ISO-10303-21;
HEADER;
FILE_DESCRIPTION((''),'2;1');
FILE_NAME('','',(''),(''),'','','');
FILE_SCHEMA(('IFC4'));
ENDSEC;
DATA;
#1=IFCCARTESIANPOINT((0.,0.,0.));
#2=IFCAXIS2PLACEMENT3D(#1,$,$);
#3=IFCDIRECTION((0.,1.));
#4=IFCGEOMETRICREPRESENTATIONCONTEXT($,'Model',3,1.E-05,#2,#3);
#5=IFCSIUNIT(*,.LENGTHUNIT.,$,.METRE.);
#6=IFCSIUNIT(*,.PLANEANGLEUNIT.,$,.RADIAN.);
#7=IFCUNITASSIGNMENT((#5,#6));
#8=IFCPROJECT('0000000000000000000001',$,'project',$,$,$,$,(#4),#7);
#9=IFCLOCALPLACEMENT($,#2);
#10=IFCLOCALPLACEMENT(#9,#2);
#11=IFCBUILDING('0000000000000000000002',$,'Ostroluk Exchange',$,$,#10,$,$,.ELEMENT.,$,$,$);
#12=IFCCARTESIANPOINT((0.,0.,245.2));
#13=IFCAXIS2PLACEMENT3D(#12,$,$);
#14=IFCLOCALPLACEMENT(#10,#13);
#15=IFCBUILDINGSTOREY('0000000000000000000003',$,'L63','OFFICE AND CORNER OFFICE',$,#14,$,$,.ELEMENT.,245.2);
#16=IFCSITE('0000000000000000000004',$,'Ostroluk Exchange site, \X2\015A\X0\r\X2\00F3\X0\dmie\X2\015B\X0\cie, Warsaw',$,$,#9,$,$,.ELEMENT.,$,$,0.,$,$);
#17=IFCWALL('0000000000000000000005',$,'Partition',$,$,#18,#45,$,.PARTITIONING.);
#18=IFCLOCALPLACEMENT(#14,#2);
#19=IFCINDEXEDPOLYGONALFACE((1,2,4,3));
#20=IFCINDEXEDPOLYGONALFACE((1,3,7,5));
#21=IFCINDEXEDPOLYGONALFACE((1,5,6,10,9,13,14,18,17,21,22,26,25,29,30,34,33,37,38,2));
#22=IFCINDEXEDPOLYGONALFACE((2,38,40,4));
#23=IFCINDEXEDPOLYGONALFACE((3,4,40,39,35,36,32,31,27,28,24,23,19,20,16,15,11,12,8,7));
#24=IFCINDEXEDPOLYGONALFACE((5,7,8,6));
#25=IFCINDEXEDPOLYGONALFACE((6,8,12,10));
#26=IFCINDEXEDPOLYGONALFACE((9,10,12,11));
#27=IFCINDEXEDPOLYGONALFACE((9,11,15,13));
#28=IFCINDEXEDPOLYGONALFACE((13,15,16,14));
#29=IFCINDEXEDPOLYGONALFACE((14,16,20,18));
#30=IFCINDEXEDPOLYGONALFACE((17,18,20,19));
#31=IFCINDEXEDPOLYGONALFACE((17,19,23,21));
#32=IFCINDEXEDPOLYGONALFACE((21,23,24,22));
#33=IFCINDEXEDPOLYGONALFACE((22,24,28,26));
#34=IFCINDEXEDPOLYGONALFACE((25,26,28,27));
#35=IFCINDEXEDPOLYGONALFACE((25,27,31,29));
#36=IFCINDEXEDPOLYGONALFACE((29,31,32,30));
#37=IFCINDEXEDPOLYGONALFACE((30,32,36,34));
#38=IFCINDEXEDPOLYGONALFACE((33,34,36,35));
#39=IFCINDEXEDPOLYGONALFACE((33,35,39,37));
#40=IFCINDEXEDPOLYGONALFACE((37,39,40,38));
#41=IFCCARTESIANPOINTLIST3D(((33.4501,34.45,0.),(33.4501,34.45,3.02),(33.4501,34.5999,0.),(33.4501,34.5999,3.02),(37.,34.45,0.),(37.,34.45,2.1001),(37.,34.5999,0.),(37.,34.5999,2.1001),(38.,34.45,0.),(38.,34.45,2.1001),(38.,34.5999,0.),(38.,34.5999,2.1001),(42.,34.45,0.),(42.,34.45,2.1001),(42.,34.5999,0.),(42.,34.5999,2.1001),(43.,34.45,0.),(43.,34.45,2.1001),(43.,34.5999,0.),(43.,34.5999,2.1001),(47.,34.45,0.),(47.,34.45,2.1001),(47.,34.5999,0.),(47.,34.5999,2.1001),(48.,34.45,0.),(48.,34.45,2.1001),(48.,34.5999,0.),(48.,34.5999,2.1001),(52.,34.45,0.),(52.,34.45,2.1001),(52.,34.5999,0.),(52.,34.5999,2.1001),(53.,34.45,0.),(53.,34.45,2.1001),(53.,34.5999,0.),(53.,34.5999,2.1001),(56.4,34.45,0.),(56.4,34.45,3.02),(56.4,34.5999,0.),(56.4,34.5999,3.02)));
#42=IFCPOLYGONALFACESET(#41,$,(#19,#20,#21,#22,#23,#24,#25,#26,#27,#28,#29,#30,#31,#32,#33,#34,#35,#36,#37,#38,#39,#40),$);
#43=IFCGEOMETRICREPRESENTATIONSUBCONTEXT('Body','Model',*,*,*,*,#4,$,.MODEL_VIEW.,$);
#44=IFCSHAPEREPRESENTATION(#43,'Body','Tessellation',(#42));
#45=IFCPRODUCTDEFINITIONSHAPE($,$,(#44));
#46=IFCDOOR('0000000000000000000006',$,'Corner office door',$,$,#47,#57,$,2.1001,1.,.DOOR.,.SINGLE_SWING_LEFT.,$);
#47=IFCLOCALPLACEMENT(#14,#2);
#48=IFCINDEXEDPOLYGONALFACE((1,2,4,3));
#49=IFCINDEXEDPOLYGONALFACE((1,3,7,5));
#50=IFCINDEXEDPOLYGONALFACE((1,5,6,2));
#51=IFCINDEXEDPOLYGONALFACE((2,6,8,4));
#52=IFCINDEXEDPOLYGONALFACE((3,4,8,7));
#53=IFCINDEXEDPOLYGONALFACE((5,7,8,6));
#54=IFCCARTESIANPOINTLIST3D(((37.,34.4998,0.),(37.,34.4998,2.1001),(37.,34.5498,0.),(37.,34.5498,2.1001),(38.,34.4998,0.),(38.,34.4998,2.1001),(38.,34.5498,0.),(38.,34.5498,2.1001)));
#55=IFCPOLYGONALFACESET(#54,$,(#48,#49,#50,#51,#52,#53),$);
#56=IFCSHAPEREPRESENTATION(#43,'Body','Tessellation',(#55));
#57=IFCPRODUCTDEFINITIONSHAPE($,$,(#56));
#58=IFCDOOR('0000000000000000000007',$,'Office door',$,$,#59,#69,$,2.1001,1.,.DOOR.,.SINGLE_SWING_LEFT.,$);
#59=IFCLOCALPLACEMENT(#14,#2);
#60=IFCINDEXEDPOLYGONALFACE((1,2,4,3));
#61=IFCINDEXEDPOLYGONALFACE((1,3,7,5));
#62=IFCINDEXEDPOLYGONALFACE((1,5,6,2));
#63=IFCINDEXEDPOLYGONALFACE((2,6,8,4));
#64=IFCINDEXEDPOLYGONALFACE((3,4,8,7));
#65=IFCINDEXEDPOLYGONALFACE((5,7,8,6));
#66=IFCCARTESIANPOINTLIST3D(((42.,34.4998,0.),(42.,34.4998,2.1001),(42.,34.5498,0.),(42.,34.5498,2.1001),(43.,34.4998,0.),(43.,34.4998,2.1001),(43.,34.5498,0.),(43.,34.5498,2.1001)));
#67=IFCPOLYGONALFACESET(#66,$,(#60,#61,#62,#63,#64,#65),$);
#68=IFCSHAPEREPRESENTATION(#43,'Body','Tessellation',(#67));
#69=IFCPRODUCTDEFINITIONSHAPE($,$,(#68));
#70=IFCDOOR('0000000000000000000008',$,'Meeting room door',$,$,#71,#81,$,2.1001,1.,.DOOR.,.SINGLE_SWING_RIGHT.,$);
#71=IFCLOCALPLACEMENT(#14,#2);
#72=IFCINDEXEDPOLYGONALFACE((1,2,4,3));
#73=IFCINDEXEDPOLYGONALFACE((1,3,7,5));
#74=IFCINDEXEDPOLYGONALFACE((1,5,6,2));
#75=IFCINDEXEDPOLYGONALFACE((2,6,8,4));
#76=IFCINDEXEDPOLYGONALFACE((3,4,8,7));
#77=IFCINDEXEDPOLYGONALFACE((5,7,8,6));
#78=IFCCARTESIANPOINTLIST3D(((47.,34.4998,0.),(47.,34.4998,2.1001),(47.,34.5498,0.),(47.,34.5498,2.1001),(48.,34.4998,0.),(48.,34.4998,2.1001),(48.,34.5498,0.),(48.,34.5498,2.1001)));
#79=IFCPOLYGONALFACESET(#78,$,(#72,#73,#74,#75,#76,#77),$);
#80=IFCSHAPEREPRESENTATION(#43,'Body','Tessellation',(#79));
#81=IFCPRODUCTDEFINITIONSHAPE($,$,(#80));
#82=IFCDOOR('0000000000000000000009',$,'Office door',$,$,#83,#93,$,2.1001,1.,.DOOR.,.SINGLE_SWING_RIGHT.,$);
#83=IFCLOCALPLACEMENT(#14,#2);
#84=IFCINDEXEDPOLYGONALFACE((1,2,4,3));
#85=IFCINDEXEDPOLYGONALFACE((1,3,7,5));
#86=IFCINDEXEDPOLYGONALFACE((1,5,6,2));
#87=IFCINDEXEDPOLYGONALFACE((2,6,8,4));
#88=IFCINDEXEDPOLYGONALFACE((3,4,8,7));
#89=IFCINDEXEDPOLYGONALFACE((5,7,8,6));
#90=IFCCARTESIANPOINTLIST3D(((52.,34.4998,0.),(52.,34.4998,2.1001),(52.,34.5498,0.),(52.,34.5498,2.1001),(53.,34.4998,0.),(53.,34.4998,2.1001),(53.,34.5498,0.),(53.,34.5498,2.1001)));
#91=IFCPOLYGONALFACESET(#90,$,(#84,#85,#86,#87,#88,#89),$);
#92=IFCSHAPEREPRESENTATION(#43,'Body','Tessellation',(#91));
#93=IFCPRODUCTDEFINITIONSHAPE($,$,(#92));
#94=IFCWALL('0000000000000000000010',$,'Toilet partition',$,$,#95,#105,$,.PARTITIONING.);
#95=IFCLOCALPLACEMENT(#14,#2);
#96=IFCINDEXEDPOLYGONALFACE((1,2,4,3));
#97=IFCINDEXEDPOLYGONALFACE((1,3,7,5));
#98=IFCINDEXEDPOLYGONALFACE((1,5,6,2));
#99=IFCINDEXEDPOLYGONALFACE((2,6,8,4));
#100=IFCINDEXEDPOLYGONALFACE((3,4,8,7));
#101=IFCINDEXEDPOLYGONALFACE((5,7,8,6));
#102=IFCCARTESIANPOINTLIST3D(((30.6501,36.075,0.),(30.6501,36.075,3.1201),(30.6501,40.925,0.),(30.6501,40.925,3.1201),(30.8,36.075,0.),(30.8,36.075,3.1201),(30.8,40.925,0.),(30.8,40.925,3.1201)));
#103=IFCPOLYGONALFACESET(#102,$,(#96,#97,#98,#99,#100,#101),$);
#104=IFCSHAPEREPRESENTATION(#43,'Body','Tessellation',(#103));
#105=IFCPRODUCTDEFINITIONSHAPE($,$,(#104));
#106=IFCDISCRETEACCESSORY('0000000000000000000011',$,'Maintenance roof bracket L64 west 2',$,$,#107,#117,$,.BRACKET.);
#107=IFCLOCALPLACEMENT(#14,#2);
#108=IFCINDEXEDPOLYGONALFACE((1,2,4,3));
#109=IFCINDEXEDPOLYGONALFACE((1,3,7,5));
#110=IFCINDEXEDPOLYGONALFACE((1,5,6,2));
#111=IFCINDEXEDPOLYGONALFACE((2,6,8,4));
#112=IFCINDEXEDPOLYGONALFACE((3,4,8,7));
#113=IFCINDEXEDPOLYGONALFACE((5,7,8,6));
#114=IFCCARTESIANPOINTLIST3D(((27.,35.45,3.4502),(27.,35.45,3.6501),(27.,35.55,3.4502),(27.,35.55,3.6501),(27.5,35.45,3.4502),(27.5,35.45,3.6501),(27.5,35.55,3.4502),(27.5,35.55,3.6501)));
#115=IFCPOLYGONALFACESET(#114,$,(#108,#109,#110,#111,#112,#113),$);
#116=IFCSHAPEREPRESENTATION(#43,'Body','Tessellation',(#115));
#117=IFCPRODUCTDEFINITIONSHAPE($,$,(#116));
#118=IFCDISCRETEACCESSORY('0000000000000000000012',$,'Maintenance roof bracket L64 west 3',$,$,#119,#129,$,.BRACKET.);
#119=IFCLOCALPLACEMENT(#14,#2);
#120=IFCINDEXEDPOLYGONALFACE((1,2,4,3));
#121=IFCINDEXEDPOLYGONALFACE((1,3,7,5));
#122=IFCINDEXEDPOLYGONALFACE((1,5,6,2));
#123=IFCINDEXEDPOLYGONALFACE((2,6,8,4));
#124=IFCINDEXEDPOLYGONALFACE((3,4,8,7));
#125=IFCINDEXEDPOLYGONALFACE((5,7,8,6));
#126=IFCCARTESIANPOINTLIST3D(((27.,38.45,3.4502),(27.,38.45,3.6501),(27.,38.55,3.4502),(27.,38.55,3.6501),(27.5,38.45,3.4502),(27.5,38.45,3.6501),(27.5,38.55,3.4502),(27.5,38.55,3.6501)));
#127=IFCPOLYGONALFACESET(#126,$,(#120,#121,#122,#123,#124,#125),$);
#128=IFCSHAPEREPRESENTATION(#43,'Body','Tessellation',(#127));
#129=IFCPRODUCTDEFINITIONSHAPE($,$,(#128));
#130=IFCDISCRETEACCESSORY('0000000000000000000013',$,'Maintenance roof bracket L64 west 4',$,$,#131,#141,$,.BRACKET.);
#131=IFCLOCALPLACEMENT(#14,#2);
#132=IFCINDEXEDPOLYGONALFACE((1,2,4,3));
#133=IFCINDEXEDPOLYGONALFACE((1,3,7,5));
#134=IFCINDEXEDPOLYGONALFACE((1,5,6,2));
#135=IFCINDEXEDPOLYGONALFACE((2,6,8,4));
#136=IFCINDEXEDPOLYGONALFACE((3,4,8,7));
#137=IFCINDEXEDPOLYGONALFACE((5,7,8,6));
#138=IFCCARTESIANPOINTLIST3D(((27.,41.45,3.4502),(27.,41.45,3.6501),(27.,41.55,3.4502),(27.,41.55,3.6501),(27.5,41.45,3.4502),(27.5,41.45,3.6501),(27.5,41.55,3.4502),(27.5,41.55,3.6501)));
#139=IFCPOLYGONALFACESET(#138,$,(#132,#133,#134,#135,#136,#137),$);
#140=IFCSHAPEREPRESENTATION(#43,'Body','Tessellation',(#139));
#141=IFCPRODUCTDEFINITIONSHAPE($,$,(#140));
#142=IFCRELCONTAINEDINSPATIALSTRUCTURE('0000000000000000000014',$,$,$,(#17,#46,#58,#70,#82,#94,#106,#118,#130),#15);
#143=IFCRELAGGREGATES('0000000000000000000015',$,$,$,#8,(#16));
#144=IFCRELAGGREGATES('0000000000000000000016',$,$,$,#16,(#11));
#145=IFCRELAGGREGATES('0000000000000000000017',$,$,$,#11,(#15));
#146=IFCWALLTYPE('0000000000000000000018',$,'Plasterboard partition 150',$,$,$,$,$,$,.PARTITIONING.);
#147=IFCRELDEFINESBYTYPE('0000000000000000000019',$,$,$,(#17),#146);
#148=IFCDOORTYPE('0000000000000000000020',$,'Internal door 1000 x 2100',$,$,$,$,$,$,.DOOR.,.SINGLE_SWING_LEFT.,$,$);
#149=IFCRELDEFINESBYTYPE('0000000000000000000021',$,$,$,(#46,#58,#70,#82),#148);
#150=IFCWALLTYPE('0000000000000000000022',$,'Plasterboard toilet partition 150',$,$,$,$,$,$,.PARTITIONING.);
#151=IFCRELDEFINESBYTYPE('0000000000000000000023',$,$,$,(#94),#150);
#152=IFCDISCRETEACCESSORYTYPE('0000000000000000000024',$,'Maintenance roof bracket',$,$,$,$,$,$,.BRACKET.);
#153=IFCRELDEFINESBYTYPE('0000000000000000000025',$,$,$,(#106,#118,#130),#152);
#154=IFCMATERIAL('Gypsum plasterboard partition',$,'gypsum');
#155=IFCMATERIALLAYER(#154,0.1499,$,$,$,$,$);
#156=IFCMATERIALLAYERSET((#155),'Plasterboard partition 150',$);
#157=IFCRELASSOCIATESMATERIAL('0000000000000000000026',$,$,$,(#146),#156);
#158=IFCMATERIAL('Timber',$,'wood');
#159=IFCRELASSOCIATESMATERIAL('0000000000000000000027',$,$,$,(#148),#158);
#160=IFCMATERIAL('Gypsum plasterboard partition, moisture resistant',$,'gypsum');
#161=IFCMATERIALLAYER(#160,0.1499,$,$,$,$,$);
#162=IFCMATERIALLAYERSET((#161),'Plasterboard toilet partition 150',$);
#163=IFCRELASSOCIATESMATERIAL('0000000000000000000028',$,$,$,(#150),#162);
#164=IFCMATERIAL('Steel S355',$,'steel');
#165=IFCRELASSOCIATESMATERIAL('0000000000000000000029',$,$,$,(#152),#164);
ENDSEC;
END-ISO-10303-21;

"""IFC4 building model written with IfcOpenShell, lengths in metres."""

from ifc_helpers import new_model, si_unit, direction, frame, frame_2d, origin, origin_2d, place, context, subcontext, project, spatial, rectangle, extrude, material, layer, layer_set, type_object, element, fill, save


model = new_model("IFC4")

# Units and contexts
model_context = context("Model", 3, precision=1e-05, world=origin(), true_north=direction((0.0, 1.0)))
body_context = subcontext(model_context, "Body", "Model", "MODEL_VIEW")
ifc_project = project(units=[si_unit("LENGTHUNIT", "METRE"), si_unit("PLANEANGLEUNIT", "RADIAN")], contexts=[model_context])

# Site, building, storey
site_placement = place(None, origin())
site = spatial("IfcSite", under=ifc_project, at=site_placement, Name="Ostroluk Exchange site, Śródmieście, Warsaw", CompositionType="ELEMENT", RefElevation=0.0)
building_placement = place(site_placement, origin())
building = spatial("IfcBuilding", under=site, at=building_placement, Name="Ostroluk Exchange", CompositionType="ELEMENT")
storey_placement = place(building_placement, frame((0.0, 0.0, 245.2)))
storey = spatial("IfcBuildingStorey", under=building, at=storey_placement, Name="L63", Description="OFFICE AND CORNER OFFICE", CompositionType="ELEMENT", Elevation=245.2)

# Wall, openings, doors
ifc_material_1 = material(Name="Gypsum plasterboard partition", Category="gypsum")
ifc_layer_1 = layer(ifc_material_1, 0.1499)
ifc_layer_set_1 = layer_set([ifc_layer_1], Name="Plasterboard partition 150")
wall_type_1 = type_object("IfcWallType", Name="Plasterboard partition 150", PredefinedType="PARTITIONING", material=ifc_layer_set_1)
wall_1_placement = place(storey_placement, frame((33.45, 34.5249, 0.0), z_axis=(0.0, 0.0, 1.0), x_axis=(1.0, 0.0, 0.0)))
wall_1 = element("IfcWall", 1, at=wall_1_placement, inside=storey, type_object=wall_type_1, Name="Partition", PredefinedType="PARTITIONING", context=body_context, shape_type="SweptSolid", body=[
    extrude(rectangle(XDim=22.95, YDim=0.1499, at=frame_2d((11.4751, 0.0))), origin(), (0.0, 0.0, 1.0), 3.02),
])
opening_1_placement = place(wall_1_placement, frame((3.55, 0.0, 0.0)))
opening_1 = element("IfcOpeningElement", 2, at=opening_1_placement, cuts=wall_1, PredefinedType="OPENING", context=body_context, shape_type="SweptSolid", body=[
    extrude(rectangle(XDim=1.0, YDim=2.1001, at=frame_2d((0.5, 1.05))), frame((0.0, 0.085, 0.0), z_axis=(0.0, -1.0, 0.0), x_axis=(1.0, 0.0, 0.0)), (0.0, 0.0, 1.0), 0.1699),
])
opening_2_placement = place(wall_1_placement, frame((8.55, 0.0, 0.0)))
opening_2 = element("IfcOpeningElement", 3, at=opening_2_placement, cuts=wall_1, PredefinedType="OPENING", context=body_context, shape_type="SweptSolid", body=[
    extrude(rectangle(XDim=1.0, YDim=2.1001, at=frame_2d((0.5, 1.05))), frame((0.0, 0.085, 0.0), z_axis=(0.0, -1.0, 0.0), x_axis=(1.0, 0.0, 0.0)), (0.0, 0.0, 1.0), 0.1699),
])
opening_3_placement = place(wall_1_placement, frame((13.55, 0.0, 0.0)))
opening_3 = element("IfcOpeningElement", 4, at=opening_3_placement, cuts=wall_1, PredefinedType="OPENING", context=body_context, shape_type="SweptSolid", body=[
    extrude(rectangle(XDim=1.0, YDim=2.1001, at=frame_2d((0.5, 1.05))), frame((0.0, 0.085, 0.0), z_axis=(0.0, -1.0, 0.0), x_axis=(1.0, 0.0, 0.0)), (0.0, 0.0, 1.0), 0.1699),
])
opening_4_placement = place(wall_1_placement, frame((18.55, 0.0, 0.0)))
opening_4 = element("IfcOpeningElement", 5, at=opening_4_placement, cuts=wall_1, PredefinedType="OPENING", context=body_context, shape_type="SweptSolid", body=[
    extrude(rectangle(XDim=1.0, YDim=2.1001, at=frame_2d((0.5, 1.05))), frame((0.0, 0.085, 0.0), z_axis=(0.0, -1.0, 0.0), x_axis=(1.0, 0.0, 0.0)), (0.0, 0.0, 1.0), 0.1699),
])
ifc_material_2 = material(Name="Timber", Category="wood")
door_type = type_object("IfcDoorType", Name="Internal door 1000 x 2100", OperationType="SINGLE_SWING_LEFT", PredefinedType="DOOR", material=ifc_material_2)
door_1_placement = place(opening_1_placement, origin())
door_1 = element("IfcDoor", 6, at=door_1_placement, inside=storey, type_object=door_type, Name="Corner office door", OperationType="SINGLE_SWING_LEFT", OverallHeight=2.1001, OverallWidth=1.0, PredefinedType="DOOR", context=body_context, shape_type="SweptSolid", body=[
    extrude(rectangle(XDim=1.0, YDim=2.1001, at=frame_2d((0.5, 1.05))), frame((0.0, 0.0249, 0.0), z_axis=(0.0, -1.0, 0.0), x_axis=(1.0, 0.0, 0.0)), (0.0, 0.0, 1.0), 0.05),
])
fill(opening_1, door_1)
door_2_placement = place(opening_2_placement, origin())
door_2 = element("IfcDoor", 7, at=door_2_placement, inside=storey, type_object=door_type, Name="Office door", OperationType="SINGLE_SWING_LEFT", OverallHeight=2.1001, OverallWidth=1.0, PredefinedType="DOOR", context=body_context, shape_type="SweptSolid", body=[
    extrude(rectangle(XDim=1.0, YDim=2.1001, at=frame_2d((0.5, 1.05))), frame((0.0, 0.0249, 0.0), z_axis=(0.0, -1.0, 0.0), x_axis=(1.0, 0.0, 0.0)), (0.0, 0.0, 1.0), 0.05),
])
fill(opening_2, door_2)
door_3_placement = place(opening_3_placement, origin())
door_3 = element("IfcDoor", 8, at=door_3_placement, inside=storey, type_object=door_type, Name="Meeting room door", OperationType="SINGLE_SWING_RIGHT", OverallHeight=2.1001, OverallWidth=1.0, PredefinedType="DOOR", context=body_context, shape_type="SweptSolid", body=[
    extrude(rectangle(XDim=1.0, YDim=2.1001, at=frame_2d((0.5, 1.05))), frame((0.0, 0.0249, 0.0), z_axis=(0.0, -1.0, 0.0), x_axis=(1.0, 0.0, 0.0)), (0.0, 0.0, 1.0), 0.05),
])
fill(opening_3, door_3)
door_4_placement = place(opening_4_placement, origin())
door_4 = element("IfcDoor", 9, at=door_4_placement, inside=storey, type_object=door_type, Name="Office door", OperationType="SINGLE_SWING_RIGHT", OverallHeight=2.1001, OverallWidth=1.0, PredefinedType="DOOR", context=body_context, shape_type="SweptSolid", body=[
    extrude(rectangle(XDim=1.0, YDim=2.1001, at=frame_2d((0.5, 1.05))), frame((0.0, 0.0249, 0.0), z_axis=(0.0, -1.0, 0.0), x_axis=(1.0, 0.0, 0.0)), (0.0, 0.0, 1.0), 0.05),
])
fill(opening_4, door_4)

# Wall
ifc_material_3 = material(Name="Gypsum plasterboard partition, moisture resistant", Category="gypsum")
ifc_layer_2 = layer(ifc_material_3, 0.1499)
ifc_layer_set_2 = layer_set([ifc_layer_2], Name="Plasterboard toilet partition 150")
wall_type_2 = type_object("IfcWallType", Name="Plasterboard toilet partition 150", PredefinedType="PARTITIONING", material=ifc_layer_set_2)
wall_2_placement = place(storey_placement, frame((30.7251, 40.925, 0.0), z_axis=(0.0, 0.0, 1.0), x_axis=(0.0, -1.0, 0.0)))
element("IfcWall", 10, at=wall_2_placement, inside=storey, type_object=wall_type_2, Name="Toilet partition", PredefinedType="PARTITIONING", context=body_context, shape_type="SweptSolid", body=[
    extrude(rectangle(XDim=4.8501, YDim=0.1499, at=frame_2d((2.425, 0.0))), origin(), (0.0, 0.0, 1.0), 3.1201),
])

# Discrete accessories
ifc_material_4 = material(Name="Steel S355", Category="steel")
discrete_accessory_type = type_object("IfcDiscreteAccessoryType", Name="Maintenance roof bracket", PredefinedType="BRACKET", material=ifc_material_4)
for number, where, z_axis, x_axis, name in (
    (11, (27.25, 35.5, 3.4502), (0.0, 0.0, 1.0), (1.0, 0.0, 0.0), "Maintenance roof bracket L64 west 2"),
    (12, (27.25, 38.5, 3.4502), (0.0, 0.0, 1.0), (1.0, 0.0, 0.0), "Maintenance roof bracket L64 west 3"),
    (13, (27.25, 41.5, 3.4502), (0.0, 0.0, 1.0), (1.0, 0.0, 0.0), "Maintenance roof bracket L64 west 4"),
):
    element("IfcDiscreteAccessory", number, at=place(storey_placement, frame(where, z_axis=z_axis, x_axis=x_axis)), inside=storey, type_object=discrete_accessory_type, Name=name, PredefinedType="BRACKET", context=body_context, shape_type="SweptSolid", body=[
        extrude(rectangle(XDim=0.5, YDim=0.1001, at=origin_2d()), origin(), (0.0, 0.0, 1.0), 0.2),
    ])

save(model, "model.ifc")
